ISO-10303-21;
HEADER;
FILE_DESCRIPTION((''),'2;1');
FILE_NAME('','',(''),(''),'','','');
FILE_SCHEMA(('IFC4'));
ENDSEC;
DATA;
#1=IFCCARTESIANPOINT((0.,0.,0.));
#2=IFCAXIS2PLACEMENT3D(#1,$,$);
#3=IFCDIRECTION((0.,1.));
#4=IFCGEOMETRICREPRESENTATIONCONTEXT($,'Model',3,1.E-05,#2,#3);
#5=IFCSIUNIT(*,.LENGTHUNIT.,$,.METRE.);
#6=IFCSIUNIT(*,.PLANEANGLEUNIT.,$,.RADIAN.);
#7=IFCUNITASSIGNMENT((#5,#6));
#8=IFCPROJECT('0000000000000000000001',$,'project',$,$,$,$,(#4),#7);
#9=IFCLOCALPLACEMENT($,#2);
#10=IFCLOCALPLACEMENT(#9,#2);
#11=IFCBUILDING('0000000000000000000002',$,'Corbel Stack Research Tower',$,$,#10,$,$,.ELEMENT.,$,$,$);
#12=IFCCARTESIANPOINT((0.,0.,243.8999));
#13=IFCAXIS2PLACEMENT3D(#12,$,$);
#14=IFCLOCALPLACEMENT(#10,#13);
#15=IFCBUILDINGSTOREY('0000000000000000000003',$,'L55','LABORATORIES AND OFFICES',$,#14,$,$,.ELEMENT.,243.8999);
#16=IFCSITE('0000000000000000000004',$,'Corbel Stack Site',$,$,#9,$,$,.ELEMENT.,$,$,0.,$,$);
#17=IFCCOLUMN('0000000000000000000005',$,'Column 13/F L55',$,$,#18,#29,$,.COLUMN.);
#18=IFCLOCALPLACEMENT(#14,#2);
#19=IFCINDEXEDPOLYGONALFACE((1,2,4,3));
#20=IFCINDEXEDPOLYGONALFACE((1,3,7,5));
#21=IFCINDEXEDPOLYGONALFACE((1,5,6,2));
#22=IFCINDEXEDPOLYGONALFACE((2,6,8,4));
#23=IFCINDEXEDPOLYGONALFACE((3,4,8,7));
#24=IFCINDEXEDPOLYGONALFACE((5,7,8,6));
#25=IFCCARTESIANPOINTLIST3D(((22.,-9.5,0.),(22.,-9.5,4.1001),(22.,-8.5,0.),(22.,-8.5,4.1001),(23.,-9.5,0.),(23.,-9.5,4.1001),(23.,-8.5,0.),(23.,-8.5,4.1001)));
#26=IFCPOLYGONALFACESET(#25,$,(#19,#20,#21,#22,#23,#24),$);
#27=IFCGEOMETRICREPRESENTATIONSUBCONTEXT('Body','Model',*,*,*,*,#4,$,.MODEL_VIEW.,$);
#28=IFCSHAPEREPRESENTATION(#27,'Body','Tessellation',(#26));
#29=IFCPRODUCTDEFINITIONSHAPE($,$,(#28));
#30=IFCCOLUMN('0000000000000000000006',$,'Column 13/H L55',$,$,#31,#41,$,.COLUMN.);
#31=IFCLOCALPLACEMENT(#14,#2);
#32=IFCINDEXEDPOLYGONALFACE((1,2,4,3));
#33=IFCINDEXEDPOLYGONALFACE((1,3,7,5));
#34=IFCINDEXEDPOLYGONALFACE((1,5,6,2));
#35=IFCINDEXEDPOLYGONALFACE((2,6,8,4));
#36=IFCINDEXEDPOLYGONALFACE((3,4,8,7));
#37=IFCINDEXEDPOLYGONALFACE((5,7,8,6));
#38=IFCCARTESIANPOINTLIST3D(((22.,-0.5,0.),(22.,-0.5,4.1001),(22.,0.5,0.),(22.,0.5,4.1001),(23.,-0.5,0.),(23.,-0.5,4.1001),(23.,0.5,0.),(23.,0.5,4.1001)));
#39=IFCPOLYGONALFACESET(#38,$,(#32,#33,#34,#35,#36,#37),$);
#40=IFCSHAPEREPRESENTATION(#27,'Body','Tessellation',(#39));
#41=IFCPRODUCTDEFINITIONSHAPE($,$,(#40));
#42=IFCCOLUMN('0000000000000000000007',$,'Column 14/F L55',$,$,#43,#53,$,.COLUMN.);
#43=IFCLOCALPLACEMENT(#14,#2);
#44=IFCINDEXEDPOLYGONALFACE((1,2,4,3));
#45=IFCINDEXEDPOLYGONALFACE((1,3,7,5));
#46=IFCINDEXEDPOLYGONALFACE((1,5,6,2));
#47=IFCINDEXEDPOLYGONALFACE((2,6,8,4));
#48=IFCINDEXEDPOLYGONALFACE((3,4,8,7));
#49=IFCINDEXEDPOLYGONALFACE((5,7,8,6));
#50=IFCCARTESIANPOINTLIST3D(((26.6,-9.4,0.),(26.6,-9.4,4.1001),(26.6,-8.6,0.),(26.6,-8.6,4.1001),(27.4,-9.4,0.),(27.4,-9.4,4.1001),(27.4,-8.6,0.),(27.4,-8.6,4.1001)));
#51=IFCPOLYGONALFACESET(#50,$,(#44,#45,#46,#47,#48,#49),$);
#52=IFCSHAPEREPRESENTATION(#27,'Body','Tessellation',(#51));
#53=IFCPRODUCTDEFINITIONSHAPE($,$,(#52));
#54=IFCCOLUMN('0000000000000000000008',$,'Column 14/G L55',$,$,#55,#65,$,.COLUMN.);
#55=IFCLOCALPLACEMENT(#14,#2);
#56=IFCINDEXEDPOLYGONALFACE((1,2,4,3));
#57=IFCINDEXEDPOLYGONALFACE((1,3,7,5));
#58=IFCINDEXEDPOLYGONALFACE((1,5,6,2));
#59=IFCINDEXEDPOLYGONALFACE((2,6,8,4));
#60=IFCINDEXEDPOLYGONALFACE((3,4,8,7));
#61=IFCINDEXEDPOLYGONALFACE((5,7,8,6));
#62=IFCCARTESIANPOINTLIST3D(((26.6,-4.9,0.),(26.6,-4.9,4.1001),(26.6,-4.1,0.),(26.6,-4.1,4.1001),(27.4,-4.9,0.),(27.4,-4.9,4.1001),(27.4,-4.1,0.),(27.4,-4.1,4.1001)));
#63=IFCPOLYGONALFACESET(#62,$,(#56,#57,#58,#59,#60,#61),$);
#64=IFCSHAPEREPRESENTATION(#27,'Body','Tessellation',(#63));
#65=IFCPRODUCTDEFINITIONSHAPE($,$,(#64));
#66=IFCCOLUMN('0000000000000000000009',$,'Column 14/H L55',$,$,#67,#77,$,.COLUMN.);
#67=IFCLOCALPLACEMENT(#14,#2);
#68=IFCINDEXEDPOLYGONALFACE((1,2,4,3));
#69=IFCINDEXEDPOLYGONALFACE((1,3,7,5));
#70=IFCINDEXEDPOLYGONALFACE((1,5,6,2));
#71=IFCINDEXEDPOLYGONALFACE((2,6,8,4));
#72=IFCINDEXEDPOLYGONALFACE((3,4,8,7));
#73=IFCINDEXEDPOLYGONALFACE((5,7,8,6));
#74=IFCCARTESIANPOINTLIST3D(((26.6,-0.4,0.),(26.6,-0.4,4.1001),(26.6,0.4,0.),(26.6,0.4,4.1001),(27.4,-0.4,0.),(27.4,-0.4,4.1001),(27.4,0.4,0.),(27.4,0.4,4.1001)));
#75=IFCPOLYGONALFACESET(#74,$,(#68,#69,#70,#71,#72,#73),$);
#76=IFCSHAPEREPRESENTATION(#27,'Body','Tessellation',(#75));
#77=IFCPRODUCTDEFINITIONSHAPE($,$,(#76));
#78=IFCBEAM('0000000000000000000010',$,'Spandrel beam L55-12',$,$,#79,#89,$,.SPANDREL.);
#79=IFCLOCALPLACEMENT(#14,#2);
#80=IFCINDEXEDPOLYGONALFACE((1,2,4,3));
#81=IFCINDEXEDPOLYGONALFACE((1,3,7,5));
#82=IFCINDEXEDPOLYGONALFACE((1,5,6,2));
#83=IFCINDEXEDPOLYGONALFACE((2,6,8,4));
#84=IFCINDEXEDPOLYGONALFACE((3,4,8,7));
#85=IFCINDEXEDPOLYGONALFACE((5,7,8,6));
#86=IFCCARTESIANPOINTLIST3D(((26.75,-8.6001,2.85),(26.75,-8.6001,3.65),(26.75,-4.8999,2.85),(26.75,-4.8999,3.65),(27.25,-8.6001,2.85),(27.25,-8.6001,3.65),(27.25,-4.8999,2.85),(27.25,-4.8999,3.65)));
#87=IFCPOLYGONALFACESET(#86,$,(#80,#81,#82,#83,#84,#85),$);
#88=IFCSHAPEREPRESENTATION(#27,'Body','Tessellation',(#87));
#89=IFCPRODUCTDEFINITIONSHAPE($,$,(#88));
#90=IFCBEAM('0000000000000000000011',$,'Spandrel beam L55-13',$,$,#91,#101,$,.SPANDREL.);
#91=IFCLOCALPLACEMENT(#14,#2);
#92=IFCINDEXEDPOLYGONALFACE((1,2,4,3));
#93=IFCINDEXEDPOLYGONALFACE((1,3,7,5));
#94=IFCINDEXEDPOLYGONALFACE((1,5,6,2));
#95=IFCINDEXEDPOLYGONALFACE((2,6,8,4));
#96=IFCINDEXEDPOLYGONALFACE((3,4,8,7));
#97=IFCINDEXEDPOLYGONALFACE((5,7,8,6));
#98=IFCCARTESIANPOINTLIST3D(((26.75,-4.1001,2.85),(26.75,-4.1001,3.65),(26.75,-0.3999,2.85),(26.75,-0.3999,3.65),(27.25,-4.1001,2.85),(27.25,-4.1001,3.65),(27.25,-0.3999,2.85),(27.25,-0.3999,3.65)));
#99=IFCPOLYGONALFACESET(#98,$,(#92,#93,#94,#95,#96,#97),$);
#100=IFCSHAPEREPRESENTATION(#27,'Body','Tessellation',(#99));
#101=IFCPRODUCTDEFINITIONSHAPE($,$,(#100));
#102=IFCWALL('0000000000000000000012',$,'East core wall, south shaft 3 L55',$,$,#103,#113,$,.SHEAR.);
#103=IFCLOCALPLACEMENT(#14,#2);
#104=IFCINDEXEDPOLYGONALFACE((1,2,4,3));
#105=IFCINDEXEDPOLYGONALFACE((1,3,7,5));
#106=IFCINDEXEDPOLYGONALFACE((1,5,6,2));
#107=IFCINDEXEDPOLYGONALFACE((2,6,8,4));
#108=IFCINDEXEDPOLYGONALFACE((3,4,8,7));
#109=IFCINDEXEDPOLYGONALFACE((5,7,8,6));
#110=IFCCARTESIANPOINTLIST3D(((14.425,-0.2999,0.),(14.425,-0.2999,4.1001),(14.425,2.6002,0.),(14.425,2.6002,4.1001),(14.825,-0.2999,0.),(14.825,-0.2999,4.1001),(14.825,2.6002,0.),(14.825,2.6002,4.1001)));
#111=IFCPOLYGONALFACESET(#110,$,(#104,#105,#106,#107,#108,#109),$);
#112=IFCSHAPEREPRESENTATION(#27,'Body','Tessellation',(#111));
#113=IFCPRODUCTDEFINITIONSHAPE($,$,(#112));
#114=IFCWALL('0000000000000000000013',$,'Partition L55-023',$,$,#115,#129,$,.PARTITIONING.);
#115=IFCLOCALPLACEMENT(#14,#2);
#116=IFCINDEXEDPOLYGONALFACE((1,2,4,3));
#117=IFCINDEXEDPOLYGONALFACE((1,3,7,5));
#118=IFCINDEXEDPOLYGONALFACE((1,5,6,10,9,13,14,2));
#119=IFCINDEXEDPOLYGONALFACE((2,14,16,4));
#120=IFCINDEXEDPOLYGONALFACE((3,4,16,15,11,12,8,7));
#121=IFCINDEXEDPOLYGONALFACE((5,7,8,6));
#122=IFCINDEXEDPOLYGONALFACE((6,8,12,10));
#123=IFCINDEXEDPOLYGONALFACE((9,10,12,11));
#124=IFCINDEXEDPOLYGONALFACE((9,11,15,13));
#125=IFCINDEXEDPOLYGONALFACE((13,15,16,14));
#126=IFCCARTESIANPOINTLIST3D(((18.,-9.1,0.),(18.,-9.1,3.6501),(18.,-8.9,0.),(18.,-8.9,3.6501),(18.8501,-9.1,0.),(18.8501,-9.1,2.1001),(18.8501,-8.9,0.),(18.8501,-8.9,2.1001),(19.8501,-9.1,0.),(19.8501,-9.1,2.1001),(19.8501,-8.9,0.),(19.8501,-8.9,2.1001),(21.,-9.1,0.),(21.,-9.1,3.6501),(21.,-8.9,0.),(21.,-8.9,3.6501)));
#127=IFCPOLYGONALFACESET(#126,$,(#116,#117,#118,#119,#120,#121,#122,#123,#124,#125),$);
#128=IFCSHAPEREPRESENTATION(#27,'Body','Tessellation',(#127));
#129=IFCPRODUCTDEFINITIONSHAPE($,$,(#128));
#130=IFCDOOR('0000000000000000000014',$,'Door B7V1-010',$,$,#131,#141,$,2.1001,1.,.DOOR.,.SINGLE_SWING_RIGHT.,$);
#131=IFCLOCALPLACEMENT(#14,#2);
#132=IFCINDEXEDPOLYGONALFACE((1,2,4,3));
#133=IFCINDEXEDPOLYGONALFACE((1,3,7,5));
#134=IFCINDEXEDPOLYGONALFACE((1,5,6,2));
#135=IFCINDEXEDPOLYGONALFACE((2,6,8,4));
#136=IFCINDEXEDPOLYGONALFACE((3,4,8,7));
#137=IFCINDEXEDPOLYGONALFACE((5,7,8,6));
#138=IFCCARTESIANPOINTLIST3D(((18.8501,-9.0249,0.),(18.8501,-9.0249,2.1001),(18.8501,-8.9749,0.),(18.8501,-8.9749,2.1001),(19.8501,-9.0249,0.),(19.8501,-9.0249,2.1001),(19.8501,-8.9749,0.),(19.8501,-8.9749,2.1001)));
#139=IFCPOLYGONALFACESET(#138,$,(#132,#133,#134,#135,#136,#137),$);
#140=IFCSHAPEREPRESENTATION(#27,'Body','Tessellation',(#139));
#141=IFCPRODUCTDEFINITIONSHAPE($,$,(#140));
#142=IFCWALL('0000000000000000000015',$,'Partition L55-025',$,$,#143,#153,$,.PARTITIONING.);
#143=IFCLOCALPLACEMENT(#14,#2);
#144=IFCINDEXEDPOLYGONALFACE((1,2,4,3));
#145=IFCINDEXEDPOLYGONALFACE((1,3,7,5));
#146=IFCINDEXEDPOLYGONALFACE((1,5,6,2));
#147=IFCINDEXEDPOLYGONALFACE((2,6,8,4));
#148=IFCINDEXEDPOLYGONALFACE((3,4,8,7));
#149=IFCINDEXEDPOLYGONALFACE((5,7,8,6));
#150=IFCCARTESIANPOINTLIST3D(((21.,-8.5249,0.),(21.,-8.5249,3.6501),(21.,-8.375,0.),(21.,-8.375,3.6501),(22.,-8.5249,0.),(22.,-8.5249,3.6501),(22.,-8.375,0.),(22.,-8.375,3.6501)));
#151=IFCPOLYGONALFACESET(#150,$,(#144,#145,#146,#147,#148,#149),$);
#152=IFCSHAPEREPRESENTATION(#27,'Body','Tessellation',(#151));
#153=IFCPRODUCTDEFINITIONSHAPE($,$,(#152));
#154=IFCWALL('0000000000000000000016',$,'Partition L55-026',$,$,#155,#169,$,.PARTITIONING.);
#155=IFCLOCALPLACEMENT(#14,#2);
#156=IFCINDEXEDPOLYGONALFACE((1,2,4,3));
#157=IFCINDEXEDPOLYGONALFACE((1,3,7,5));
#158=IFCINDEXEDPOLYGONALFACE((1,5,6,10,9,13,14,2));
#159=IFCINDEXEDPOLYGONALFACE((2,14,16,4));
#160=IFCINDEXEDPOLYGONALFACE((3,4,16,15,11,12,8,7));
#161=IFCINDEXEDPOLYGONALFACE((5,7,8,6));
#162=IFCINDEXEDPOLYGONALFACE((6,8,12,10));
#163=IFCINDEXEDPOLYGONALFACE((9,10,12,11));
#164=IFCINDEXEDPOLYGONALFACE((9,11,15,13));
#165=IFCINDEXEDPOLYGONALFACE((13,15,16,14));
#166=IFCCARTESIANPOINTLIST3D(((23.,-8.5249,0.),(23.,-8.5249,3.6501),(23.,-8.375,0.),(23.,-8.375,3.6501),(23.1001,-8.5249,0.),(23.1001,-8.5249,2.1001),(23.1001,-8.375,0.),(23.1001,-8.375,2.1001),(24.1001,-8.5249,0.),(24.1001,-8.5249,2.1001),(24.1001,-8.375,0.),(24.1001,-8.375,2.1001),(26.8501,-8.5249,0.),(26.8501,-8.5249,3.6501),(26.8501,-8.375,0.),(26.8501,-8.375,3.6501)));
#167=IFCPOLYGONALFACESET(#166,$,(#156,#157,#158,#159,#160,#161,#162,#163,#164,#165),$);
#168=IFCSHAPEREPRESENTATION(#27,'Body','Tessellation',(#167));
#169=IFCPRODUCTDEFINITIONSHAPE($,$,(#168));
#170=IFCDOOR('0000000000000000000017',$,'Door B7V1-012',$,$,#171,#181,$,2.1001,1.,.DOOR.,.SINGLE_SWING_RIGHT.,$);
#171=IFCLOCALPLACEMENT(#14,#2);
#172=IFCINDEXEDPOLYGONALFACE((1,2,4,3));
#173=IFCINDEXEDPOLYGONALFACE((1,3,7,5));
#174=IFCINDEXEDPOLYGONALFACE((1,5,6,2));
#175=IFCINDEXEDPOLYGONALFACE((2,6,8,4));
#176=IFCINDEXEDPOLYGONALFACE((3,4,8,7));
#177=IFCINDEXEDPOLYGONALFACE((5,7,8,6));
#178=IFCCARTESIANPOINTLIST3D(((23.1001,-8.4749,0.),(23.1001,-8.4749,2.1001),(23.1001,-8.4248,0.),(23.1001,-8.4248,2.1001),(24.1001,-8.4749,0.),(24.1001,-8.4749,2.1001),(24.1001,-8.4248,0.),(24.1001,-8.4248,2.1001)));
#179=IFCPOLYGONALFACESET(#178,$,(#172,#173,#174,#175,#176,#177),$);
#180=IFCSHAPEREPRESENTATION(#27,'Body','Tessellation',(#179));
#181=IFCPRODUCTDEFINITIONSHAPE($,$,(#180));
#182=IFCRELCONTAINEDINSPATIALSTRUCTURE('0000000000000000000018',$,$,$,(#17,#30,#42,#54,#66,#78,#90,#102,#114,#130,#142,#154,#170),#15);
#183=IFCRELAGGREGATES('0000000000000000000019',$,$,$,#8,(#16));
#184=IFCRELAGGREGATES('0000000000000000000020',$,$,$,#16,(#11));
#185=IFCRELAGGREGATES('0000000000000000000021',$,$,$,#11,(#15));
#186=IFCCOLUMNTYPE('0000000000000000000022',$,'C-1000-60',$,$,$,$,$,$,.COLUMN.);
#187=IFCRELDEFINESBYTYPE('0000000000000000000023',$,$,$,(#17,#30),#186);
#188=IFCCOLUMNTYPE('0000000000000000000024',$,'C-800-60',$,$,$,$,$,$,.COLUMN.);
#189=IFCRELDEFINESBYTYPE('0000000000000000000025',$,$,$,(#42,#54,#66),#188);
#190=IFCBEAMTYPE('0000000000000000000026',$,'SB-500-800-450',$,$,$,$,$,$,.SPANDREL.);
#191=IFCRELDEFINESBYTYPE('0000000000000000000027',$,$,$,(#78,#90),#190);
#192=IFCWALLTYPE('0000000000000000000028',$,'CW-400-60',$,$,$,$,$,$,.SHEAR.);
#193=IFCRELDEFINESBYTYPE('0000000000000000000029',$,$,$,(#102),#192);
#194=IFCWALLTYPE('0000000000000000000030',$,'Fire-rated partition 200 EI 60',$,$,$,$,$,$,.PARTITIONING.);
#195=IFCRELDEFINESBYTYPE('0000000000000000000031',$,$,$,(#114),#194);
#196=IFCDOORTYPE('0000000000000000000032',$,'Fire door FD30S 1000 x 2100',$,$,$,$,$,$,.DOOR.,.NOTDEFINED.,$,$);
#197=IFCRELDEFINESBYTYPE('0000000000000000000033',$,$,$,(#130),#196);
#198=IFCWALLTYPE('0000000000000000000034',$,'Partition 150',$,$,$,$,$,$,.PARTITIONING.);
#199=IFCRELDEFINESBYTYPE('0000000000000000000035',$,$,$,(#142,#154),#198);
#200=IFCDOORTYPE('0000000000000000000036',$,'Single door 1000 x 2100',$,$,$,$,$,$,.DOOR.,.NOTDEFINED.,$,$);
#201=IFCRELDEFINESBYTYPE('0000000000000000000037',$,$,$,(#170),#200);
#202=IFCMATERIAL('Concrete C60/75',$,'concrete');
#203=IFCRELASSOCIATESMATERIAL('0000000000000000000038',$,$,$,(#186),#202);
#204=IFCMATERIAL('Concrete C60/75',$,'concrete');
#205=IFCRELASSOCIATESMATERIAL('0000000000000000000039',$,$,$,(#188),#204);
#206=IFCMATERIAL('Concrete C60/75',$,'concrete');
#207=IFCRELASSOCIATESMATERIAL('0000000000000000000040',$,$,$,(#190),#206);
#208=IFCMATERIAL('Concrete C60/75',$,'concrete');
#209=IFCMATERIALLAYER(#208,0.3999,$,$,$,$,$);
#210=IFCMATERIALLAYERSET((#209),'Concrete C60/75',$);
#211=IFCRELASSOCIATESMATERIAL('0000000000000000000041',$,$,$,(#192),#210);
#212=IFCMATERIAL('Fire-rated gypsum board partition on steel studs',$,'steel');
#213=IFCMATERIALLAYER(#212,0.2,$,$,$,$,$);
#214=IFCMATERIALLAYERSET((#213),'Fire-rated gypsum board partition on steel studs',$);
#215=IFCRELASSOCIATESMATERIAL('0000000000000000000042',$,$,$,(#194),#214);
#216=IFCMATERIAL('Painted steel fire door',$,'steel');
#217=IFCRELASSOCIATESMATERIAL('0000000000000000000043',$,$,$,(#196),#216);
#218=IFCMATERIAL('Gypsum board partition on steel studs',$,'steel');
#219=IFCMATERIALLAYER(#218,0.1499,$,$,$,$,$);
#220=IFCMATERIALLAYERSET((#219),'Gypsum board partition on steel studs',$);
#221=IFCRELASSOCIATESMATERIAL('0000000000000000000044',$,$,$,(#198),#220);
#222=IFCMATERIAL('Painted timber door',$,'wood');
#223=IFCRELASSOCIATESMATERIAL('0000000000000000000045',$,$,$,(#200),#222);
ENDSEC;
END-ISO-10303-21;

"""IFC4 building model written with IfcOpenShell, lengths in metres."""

from ifc_helpers import new_model, si_unit, direction, frame, frame_2d, origin, origin_2d, place, context, subcontext, project, spatial, rectangle, extrude, material, layer, layer_set, material_profile, profile_set, type_object, element, fill, save


model = new_model("IFC4")

# Units and contexts
model_context = context("Model", 3, precision=1e-05, world=origin(), true_north=direction((0.0, 1.0)))
body_context = subcontext(model_context, "Body", "Model", "MODEL_VIEW")
ifc_project = project(units=[si_unit("LENGTHUNIT", "METRE"), si_unit("PLANEANGLEUNIT", "RADIAN")], contexts=[model_context])

# Site, building, storey
site_placement = place(None, origin())
site = spatial("IfcSite", under=ifc_project, at=site_placement, Name="Corbel Stack Site", CompositionType="ELEMENT", RefElevation=0.0)
building_placement = place(site_placement, origin())
building = spatial("IfcBuilding", under=site, at=building_placement, Name="Corbel Stack Research Tower", CompositionType="ELEMENT")
storey_placement = place(building_placement, frame((0.0, 0.0, 243.8999)))
storey = spatial("IfcBuildingStorey", under=building, at=storey_placement, Name="L55", Description="LABORATORIES AND OFFICES", CompositionType="ELEMENT", Elevation=243.8999)

# Columns
ifc_material_1 = material(Name="Concrete C60/75", Category="concrete")
ifc_material_profile_1 = material_profile(ifc_material_1, rectangle(XDim=1.0, YDim=1.0, at=origin_2d()), Name="RC 1000 x 1000")
ifc_profile_set_1 = profile_set([ifc_material_profile_1], Name="Concrete C60/75")
column_type_1 = type_object("IfcColumnType", Name="C-1000-60", PredefinedType="COLUMN", material=ifc_profile_set_1)
for number, where, z_axis, x_axis, name in (
    (1, (22.5, -9.0, 0.0), (0.0, 0.0, 1.0), (1.0, 0.0, 0.0), "Column 13/F L55"),
    (2, (22.5, 0.0, 0.0), (0.0, 0.0, 1.0), (1.0, 0.0, 0.0), "Column 13/H L55"),
):
    element("IfcColumn", number, at=place(storey_placement, frame(where, z_axis=z_axis, x_axis=x_axis)), inside=storey, type_object=column_type_1, Name=name, PredefinedType="COLUMN", context=body_context, shape_type="SweptSolid", body=[
        extrude(rectangle(XDim=1.0, YDim=1.0, at=origin_2d()), origin(), (0.0, 0.0, 1.0), 4.1001),
    ])
ifc_material_2 = material(Name="Concrete C60/75", Category="concrete")
ifc_material_profile_2 = material_profile(ifc_material_2, rectangle(XDim=0.8, YDim=0.8, at=origin_2d()), Name="RC 800 x 800")
ifc_profile_set_2 = profile_set([ifc_material_profile_2], Name="Concrete C60/75")
column_type_2 = type_object("IfcColumnType", Name="C-800-60", PredefinedType="COLUMN", material=ifc_profile_set_2)
for number, where, z_axis, x_axis, name in (
    (3, (27.0, -9.0, 0.0), (0.0, 0.0, 1.0), (1.0, 0.0, 0.0), "Column 14/F L55"),
    (4, (27.0, -4.5, 0.0), (0.0, 0.0, 1.0), (1.0, 0.0, 0.0), "Column 14/G L55"),
    (5, (27.0, 0.0, 0.0), (0.0, 0.0, 1.0), (1.0, 0.0, 0.0), "Column 14/H L55"),
):
    element("IfcColumn", number, at=place(storey_placement, frame(where, z_axis=z_axis, x_axis=x_axis)), inside=storey, type_object=column_type_2, Name=name, PredefinedType="COLUMN", context=body_context, shape_type="SweptSolid", body=[
        extrude(rectangle(XDim=0.8, YDim=0.8, at=origin_2d()), origin(), (0.0, 0.0, 1.0), 4.1001),
    ])

# Beams
ifc_material_3 = material(Name="Concrete C60/75", Category="concrete")
ifc_material_profile_3 = material_profile(ifc_material_3, rectangle(XDim=0.5, YDim=0.8, at=origin_2d()), Name="RC 500 x 800")
ifc_profile_set_3 = profile_set([ifc_material_profile_3], Name="Concrete C60/75")
beam_type = type_object("IfcBeamType", Name="SB-500-800-450", PredefinedType="SPANDREL", material=ifc_profile_set_3)
for number, where, z_axis, x_axis, name in (
    (6, (27.0, -8.6001, 3.25), (0.0, 1.0, 0.0), (-1.0, 0.0, 0.0), "Spandrel beam L55-12"),
    (7, (27.0, -4.1001, 3.25), (0.0, 1.0, 0.0), (-1.0, 0.0, 0.0), "Spandrel beam L55-13"),
):
    element("IfcBeam", number, at=place(storey_placement, frame(where, z_axis=z_axis, x_axis=x_axis)), inside=storey, type_object=beam_type, Name=name, PredefinedType="SPANDREL", context=body_context, shape_type="SweptSolid", body=[
        extrude(rectangle(XDim=0.5, YDim=0.8, at=origin_2d()), origin(), (0.0, 0.0, 1.0), 3.7002),
    ])

# Wall
ifc_material_4 = material(Name="Concrete C60/75", Category="concrete")
ifc_layer_1 = layer(ifc_material_4, 0.3999)
ifc_layer_set_1 = layer_set([ifc_layer_1], Name="Concrete C60/75")
wall_type_1 = type_object("IfcWallType", Name="CW-400-60", PredefinedType="SHEAR", material=ifc_layer_set_1)
wall_1_placement = place(storey_placement, frame((14.625, -0.3, 0.0), z_axis=(0.0, 0.0, 1.0), x_axis=(0.0, 1.0, 0.0)))
element("IfcWall", 8, at=wall_1_placement, inside=storey, type_object=wall_type_1, Name="East core wall, south shaft 3 L55", PredefinedType="SHEAR", context=body_context, shape_type="SweptSolid", body=[
    extrude(rectangle(XDim=2.9001, YDim=0.3999, at=frame_2d((1.4502, 0.0))), origin(), (0.0, 0.0, 1.0), 4.1001),
])

# Wall, opening, door
ifc_material_5 = material(Name="Fire-rated gypsum board partition on steel studs", Category="steel")
ifc_layer_2 = layer(ifc_material_5, 0.2)
ifc_layer_set_2 = layer_set([ifc_layer_2], Name="Fire-rated gypsum board partition on steel studs")
wall_type_2 = type_object("IfcWallType", Name="Fire-rated partition 200 EI 60", PredefinedType="PARTITIONING", material=ifc_layer_set_2)
wall_2_placement = place(storey_placement, frame((21.0, -9.0, 0.0), z_axis=(0.0, 0.0, 1.0), x_axis=(-1.0, 0.0, 0.0)))
wall_2 = element("IfcWall", 9, at=wall_2_placement, inside=storey, type_object=wall_type_2, Name="Partition L55-023", PredefinedType="PARTITIONING", context=body_context, shape_type="SweptSolid", body=[
    extrude(rectangle(XDim=3.0, YDim=0.2, at=frame_2d((1.5, 0.0))), origin(), (0.0, 0.0, 1.0), 3.6501),
])
opening_1_placement = place(wall_2_placement, frame((1.1499, 0.0, 0.0)))
opening_1 = element("IfcOpeningElement", 10, at=opening_1_placement, cuts=wall_2, PredefinedType="OPENING", context=body_context, shape_type="SweptSolid", body=[
    extrude(rectangle(XDim=1.0, YDim=2.1001, at=frame_2d((0.5, 1.05))), frame((0.0, 0.1099, 0.0), z_axis=(0.0, -1.0, 0.0), x_axis=(1.0, 0.0, 0.0)), (0.0, 0.0, 1.0), 0.22),
])
ifc_material_6 = material(Name="Painted steel fire door", Category="steel")
door_type_1 = type_object("IfcDoorType", Name="Fire door FD30S 1000 x 2100", OperationType="NOTDEFINED", PredefinedType="DOOR", material=ifc_material_6)
door_1_placement = place(opening_1_placement, origin())
door_1 = element("IfcDoor", 11, at=door_1_placement, inside=storey, type_object=door_type_1, Name="Door B7V1-010", OperationType="SINGLE_SWING_RIGHT", OverallHeight=2.1001, OverallWidth=1.0, PredefinedType="DOOR", context=body_context, shape_type="SweptSolid", body=[
    extrude(rectangle(XDim=1.0, YDim=2.1001, at=frame_2d((0.5, 1.05))), frame((0.0, 0.0249, 0.0), z_axis=(0.0, -1.0, 0.0), x_axis=(1.0, 0.0, 0.0)), (0.0, 0.0, 1.0), 0.05),
])
fill(opening_1, door_1)

# Wall
ifc_material_7 = material(Name="Gypsum board partition on steel studs", Category="steel")
ifc_layer_3 = layer(ifc_material_7, 0.1499)
ifc_layer_set_3 = layer_set([ifc_layer_3], Name="Gypsum board partition on steel studs")
wall_type_3 = type_object("IfcWallType", Name="Partition 150", PredefinedType="PARTITIONING", material=ifc_layer_set_3)
wall_3_placement = place(storey_placement, frame((21.0, -8.45, 0.0), z_axis=(0.0, 0.0, 1.0), x_axis=(1.0, 0.0, 0.0)))
element("IfcWall", 12, at=wall_3_placement, inside=storey, type_object=wall_type_3, Name="Partition L55-025", PredefinedType="PARTITIONING", context=body_context, shape_type="SweptSolid", body=[
    extrude(rectangle(XDim=1.0, YDim=0.1499, at=frame_2d((0.5, 0.0))), origin(), (0.0, 0.0, 1.0), 3.6501),
])

# Wall, opening, door
wall_4_placement = place(storey_placement, frame((26.8501, -8.45, 0.0), z_axis=(0.0, 0.0, 1.0), x_axis=(-1.0, 0.0, 0.0)))
wall_4 = element("IfcWall", 13, at=wall_4_placement, inside=storey, type_object=wall_type_3, Name="Partition L55-026", PredefinedType="PARTITIONING", context=body_context, shape_type="SweptSolid", body=[
    extrude(rectangle(XDim=3.8501, YDim=0.1499, at=frame_2d((1.925, 0.0))), origin(), (0.0, 0.0, 1.0), 3.6501),
])
opening_2_placement = place(wall_4_placement, frame((2.75, 0.0, 0.0)))
opening_2 = element("IfcOpeningElement", 14, at=opening_2_placement, cuts=wall_4, PredefinedType="OPENING", context=body_context, shape_type="SweptSolid", body=[
    extrude(rectangle(XDim=1.0, YDim=2.1001, at=frame_2d((0.5, 1.05))), frame((0.0, 0.085, 0.0), z_axis=(0.0, -1.0, 0.0), x_axis=(1.0, 0.0, 0.0)), (0.0, 0.0, 1.0), 0.1699),
])
ifc_material_8 = material(Name="Painted timber door", Category="wood")
door_type_2 = type_object("IfcDoorType", Name="Single door 1000 x 2100", OperationType="NOTDEFINED", PredefinedType="DOOR", material=ifc_material_8)
door_2_placement = place(opening_2_placement, origin())
door_2 = element("IfcDoor", 15, at=door_2_placement, inside=storey, type_object=door_type_2, Name="Door B7V1-012", OperationType="SINGLE_SWING_RIGHT", OverallHeight=2.1001, OverallWidth=1.0, PredefinedType="DOOR", context=body_context, shape_type="SweptSolid", body=[
    extrude(rectangle(XDim=1.0, YDim=2.1001, at=frame_2d((0.5, 1.05))), frame((0.0, 0.0249, 0.0), z_axis=(0.0, -1.0, 0.0), x_axis=(1.0, 0.0, 0.0)), (0.0, 0.0, 1.0), 0.05),
])
fill(opening_2, door_2)

save(model, "model.ifc")
